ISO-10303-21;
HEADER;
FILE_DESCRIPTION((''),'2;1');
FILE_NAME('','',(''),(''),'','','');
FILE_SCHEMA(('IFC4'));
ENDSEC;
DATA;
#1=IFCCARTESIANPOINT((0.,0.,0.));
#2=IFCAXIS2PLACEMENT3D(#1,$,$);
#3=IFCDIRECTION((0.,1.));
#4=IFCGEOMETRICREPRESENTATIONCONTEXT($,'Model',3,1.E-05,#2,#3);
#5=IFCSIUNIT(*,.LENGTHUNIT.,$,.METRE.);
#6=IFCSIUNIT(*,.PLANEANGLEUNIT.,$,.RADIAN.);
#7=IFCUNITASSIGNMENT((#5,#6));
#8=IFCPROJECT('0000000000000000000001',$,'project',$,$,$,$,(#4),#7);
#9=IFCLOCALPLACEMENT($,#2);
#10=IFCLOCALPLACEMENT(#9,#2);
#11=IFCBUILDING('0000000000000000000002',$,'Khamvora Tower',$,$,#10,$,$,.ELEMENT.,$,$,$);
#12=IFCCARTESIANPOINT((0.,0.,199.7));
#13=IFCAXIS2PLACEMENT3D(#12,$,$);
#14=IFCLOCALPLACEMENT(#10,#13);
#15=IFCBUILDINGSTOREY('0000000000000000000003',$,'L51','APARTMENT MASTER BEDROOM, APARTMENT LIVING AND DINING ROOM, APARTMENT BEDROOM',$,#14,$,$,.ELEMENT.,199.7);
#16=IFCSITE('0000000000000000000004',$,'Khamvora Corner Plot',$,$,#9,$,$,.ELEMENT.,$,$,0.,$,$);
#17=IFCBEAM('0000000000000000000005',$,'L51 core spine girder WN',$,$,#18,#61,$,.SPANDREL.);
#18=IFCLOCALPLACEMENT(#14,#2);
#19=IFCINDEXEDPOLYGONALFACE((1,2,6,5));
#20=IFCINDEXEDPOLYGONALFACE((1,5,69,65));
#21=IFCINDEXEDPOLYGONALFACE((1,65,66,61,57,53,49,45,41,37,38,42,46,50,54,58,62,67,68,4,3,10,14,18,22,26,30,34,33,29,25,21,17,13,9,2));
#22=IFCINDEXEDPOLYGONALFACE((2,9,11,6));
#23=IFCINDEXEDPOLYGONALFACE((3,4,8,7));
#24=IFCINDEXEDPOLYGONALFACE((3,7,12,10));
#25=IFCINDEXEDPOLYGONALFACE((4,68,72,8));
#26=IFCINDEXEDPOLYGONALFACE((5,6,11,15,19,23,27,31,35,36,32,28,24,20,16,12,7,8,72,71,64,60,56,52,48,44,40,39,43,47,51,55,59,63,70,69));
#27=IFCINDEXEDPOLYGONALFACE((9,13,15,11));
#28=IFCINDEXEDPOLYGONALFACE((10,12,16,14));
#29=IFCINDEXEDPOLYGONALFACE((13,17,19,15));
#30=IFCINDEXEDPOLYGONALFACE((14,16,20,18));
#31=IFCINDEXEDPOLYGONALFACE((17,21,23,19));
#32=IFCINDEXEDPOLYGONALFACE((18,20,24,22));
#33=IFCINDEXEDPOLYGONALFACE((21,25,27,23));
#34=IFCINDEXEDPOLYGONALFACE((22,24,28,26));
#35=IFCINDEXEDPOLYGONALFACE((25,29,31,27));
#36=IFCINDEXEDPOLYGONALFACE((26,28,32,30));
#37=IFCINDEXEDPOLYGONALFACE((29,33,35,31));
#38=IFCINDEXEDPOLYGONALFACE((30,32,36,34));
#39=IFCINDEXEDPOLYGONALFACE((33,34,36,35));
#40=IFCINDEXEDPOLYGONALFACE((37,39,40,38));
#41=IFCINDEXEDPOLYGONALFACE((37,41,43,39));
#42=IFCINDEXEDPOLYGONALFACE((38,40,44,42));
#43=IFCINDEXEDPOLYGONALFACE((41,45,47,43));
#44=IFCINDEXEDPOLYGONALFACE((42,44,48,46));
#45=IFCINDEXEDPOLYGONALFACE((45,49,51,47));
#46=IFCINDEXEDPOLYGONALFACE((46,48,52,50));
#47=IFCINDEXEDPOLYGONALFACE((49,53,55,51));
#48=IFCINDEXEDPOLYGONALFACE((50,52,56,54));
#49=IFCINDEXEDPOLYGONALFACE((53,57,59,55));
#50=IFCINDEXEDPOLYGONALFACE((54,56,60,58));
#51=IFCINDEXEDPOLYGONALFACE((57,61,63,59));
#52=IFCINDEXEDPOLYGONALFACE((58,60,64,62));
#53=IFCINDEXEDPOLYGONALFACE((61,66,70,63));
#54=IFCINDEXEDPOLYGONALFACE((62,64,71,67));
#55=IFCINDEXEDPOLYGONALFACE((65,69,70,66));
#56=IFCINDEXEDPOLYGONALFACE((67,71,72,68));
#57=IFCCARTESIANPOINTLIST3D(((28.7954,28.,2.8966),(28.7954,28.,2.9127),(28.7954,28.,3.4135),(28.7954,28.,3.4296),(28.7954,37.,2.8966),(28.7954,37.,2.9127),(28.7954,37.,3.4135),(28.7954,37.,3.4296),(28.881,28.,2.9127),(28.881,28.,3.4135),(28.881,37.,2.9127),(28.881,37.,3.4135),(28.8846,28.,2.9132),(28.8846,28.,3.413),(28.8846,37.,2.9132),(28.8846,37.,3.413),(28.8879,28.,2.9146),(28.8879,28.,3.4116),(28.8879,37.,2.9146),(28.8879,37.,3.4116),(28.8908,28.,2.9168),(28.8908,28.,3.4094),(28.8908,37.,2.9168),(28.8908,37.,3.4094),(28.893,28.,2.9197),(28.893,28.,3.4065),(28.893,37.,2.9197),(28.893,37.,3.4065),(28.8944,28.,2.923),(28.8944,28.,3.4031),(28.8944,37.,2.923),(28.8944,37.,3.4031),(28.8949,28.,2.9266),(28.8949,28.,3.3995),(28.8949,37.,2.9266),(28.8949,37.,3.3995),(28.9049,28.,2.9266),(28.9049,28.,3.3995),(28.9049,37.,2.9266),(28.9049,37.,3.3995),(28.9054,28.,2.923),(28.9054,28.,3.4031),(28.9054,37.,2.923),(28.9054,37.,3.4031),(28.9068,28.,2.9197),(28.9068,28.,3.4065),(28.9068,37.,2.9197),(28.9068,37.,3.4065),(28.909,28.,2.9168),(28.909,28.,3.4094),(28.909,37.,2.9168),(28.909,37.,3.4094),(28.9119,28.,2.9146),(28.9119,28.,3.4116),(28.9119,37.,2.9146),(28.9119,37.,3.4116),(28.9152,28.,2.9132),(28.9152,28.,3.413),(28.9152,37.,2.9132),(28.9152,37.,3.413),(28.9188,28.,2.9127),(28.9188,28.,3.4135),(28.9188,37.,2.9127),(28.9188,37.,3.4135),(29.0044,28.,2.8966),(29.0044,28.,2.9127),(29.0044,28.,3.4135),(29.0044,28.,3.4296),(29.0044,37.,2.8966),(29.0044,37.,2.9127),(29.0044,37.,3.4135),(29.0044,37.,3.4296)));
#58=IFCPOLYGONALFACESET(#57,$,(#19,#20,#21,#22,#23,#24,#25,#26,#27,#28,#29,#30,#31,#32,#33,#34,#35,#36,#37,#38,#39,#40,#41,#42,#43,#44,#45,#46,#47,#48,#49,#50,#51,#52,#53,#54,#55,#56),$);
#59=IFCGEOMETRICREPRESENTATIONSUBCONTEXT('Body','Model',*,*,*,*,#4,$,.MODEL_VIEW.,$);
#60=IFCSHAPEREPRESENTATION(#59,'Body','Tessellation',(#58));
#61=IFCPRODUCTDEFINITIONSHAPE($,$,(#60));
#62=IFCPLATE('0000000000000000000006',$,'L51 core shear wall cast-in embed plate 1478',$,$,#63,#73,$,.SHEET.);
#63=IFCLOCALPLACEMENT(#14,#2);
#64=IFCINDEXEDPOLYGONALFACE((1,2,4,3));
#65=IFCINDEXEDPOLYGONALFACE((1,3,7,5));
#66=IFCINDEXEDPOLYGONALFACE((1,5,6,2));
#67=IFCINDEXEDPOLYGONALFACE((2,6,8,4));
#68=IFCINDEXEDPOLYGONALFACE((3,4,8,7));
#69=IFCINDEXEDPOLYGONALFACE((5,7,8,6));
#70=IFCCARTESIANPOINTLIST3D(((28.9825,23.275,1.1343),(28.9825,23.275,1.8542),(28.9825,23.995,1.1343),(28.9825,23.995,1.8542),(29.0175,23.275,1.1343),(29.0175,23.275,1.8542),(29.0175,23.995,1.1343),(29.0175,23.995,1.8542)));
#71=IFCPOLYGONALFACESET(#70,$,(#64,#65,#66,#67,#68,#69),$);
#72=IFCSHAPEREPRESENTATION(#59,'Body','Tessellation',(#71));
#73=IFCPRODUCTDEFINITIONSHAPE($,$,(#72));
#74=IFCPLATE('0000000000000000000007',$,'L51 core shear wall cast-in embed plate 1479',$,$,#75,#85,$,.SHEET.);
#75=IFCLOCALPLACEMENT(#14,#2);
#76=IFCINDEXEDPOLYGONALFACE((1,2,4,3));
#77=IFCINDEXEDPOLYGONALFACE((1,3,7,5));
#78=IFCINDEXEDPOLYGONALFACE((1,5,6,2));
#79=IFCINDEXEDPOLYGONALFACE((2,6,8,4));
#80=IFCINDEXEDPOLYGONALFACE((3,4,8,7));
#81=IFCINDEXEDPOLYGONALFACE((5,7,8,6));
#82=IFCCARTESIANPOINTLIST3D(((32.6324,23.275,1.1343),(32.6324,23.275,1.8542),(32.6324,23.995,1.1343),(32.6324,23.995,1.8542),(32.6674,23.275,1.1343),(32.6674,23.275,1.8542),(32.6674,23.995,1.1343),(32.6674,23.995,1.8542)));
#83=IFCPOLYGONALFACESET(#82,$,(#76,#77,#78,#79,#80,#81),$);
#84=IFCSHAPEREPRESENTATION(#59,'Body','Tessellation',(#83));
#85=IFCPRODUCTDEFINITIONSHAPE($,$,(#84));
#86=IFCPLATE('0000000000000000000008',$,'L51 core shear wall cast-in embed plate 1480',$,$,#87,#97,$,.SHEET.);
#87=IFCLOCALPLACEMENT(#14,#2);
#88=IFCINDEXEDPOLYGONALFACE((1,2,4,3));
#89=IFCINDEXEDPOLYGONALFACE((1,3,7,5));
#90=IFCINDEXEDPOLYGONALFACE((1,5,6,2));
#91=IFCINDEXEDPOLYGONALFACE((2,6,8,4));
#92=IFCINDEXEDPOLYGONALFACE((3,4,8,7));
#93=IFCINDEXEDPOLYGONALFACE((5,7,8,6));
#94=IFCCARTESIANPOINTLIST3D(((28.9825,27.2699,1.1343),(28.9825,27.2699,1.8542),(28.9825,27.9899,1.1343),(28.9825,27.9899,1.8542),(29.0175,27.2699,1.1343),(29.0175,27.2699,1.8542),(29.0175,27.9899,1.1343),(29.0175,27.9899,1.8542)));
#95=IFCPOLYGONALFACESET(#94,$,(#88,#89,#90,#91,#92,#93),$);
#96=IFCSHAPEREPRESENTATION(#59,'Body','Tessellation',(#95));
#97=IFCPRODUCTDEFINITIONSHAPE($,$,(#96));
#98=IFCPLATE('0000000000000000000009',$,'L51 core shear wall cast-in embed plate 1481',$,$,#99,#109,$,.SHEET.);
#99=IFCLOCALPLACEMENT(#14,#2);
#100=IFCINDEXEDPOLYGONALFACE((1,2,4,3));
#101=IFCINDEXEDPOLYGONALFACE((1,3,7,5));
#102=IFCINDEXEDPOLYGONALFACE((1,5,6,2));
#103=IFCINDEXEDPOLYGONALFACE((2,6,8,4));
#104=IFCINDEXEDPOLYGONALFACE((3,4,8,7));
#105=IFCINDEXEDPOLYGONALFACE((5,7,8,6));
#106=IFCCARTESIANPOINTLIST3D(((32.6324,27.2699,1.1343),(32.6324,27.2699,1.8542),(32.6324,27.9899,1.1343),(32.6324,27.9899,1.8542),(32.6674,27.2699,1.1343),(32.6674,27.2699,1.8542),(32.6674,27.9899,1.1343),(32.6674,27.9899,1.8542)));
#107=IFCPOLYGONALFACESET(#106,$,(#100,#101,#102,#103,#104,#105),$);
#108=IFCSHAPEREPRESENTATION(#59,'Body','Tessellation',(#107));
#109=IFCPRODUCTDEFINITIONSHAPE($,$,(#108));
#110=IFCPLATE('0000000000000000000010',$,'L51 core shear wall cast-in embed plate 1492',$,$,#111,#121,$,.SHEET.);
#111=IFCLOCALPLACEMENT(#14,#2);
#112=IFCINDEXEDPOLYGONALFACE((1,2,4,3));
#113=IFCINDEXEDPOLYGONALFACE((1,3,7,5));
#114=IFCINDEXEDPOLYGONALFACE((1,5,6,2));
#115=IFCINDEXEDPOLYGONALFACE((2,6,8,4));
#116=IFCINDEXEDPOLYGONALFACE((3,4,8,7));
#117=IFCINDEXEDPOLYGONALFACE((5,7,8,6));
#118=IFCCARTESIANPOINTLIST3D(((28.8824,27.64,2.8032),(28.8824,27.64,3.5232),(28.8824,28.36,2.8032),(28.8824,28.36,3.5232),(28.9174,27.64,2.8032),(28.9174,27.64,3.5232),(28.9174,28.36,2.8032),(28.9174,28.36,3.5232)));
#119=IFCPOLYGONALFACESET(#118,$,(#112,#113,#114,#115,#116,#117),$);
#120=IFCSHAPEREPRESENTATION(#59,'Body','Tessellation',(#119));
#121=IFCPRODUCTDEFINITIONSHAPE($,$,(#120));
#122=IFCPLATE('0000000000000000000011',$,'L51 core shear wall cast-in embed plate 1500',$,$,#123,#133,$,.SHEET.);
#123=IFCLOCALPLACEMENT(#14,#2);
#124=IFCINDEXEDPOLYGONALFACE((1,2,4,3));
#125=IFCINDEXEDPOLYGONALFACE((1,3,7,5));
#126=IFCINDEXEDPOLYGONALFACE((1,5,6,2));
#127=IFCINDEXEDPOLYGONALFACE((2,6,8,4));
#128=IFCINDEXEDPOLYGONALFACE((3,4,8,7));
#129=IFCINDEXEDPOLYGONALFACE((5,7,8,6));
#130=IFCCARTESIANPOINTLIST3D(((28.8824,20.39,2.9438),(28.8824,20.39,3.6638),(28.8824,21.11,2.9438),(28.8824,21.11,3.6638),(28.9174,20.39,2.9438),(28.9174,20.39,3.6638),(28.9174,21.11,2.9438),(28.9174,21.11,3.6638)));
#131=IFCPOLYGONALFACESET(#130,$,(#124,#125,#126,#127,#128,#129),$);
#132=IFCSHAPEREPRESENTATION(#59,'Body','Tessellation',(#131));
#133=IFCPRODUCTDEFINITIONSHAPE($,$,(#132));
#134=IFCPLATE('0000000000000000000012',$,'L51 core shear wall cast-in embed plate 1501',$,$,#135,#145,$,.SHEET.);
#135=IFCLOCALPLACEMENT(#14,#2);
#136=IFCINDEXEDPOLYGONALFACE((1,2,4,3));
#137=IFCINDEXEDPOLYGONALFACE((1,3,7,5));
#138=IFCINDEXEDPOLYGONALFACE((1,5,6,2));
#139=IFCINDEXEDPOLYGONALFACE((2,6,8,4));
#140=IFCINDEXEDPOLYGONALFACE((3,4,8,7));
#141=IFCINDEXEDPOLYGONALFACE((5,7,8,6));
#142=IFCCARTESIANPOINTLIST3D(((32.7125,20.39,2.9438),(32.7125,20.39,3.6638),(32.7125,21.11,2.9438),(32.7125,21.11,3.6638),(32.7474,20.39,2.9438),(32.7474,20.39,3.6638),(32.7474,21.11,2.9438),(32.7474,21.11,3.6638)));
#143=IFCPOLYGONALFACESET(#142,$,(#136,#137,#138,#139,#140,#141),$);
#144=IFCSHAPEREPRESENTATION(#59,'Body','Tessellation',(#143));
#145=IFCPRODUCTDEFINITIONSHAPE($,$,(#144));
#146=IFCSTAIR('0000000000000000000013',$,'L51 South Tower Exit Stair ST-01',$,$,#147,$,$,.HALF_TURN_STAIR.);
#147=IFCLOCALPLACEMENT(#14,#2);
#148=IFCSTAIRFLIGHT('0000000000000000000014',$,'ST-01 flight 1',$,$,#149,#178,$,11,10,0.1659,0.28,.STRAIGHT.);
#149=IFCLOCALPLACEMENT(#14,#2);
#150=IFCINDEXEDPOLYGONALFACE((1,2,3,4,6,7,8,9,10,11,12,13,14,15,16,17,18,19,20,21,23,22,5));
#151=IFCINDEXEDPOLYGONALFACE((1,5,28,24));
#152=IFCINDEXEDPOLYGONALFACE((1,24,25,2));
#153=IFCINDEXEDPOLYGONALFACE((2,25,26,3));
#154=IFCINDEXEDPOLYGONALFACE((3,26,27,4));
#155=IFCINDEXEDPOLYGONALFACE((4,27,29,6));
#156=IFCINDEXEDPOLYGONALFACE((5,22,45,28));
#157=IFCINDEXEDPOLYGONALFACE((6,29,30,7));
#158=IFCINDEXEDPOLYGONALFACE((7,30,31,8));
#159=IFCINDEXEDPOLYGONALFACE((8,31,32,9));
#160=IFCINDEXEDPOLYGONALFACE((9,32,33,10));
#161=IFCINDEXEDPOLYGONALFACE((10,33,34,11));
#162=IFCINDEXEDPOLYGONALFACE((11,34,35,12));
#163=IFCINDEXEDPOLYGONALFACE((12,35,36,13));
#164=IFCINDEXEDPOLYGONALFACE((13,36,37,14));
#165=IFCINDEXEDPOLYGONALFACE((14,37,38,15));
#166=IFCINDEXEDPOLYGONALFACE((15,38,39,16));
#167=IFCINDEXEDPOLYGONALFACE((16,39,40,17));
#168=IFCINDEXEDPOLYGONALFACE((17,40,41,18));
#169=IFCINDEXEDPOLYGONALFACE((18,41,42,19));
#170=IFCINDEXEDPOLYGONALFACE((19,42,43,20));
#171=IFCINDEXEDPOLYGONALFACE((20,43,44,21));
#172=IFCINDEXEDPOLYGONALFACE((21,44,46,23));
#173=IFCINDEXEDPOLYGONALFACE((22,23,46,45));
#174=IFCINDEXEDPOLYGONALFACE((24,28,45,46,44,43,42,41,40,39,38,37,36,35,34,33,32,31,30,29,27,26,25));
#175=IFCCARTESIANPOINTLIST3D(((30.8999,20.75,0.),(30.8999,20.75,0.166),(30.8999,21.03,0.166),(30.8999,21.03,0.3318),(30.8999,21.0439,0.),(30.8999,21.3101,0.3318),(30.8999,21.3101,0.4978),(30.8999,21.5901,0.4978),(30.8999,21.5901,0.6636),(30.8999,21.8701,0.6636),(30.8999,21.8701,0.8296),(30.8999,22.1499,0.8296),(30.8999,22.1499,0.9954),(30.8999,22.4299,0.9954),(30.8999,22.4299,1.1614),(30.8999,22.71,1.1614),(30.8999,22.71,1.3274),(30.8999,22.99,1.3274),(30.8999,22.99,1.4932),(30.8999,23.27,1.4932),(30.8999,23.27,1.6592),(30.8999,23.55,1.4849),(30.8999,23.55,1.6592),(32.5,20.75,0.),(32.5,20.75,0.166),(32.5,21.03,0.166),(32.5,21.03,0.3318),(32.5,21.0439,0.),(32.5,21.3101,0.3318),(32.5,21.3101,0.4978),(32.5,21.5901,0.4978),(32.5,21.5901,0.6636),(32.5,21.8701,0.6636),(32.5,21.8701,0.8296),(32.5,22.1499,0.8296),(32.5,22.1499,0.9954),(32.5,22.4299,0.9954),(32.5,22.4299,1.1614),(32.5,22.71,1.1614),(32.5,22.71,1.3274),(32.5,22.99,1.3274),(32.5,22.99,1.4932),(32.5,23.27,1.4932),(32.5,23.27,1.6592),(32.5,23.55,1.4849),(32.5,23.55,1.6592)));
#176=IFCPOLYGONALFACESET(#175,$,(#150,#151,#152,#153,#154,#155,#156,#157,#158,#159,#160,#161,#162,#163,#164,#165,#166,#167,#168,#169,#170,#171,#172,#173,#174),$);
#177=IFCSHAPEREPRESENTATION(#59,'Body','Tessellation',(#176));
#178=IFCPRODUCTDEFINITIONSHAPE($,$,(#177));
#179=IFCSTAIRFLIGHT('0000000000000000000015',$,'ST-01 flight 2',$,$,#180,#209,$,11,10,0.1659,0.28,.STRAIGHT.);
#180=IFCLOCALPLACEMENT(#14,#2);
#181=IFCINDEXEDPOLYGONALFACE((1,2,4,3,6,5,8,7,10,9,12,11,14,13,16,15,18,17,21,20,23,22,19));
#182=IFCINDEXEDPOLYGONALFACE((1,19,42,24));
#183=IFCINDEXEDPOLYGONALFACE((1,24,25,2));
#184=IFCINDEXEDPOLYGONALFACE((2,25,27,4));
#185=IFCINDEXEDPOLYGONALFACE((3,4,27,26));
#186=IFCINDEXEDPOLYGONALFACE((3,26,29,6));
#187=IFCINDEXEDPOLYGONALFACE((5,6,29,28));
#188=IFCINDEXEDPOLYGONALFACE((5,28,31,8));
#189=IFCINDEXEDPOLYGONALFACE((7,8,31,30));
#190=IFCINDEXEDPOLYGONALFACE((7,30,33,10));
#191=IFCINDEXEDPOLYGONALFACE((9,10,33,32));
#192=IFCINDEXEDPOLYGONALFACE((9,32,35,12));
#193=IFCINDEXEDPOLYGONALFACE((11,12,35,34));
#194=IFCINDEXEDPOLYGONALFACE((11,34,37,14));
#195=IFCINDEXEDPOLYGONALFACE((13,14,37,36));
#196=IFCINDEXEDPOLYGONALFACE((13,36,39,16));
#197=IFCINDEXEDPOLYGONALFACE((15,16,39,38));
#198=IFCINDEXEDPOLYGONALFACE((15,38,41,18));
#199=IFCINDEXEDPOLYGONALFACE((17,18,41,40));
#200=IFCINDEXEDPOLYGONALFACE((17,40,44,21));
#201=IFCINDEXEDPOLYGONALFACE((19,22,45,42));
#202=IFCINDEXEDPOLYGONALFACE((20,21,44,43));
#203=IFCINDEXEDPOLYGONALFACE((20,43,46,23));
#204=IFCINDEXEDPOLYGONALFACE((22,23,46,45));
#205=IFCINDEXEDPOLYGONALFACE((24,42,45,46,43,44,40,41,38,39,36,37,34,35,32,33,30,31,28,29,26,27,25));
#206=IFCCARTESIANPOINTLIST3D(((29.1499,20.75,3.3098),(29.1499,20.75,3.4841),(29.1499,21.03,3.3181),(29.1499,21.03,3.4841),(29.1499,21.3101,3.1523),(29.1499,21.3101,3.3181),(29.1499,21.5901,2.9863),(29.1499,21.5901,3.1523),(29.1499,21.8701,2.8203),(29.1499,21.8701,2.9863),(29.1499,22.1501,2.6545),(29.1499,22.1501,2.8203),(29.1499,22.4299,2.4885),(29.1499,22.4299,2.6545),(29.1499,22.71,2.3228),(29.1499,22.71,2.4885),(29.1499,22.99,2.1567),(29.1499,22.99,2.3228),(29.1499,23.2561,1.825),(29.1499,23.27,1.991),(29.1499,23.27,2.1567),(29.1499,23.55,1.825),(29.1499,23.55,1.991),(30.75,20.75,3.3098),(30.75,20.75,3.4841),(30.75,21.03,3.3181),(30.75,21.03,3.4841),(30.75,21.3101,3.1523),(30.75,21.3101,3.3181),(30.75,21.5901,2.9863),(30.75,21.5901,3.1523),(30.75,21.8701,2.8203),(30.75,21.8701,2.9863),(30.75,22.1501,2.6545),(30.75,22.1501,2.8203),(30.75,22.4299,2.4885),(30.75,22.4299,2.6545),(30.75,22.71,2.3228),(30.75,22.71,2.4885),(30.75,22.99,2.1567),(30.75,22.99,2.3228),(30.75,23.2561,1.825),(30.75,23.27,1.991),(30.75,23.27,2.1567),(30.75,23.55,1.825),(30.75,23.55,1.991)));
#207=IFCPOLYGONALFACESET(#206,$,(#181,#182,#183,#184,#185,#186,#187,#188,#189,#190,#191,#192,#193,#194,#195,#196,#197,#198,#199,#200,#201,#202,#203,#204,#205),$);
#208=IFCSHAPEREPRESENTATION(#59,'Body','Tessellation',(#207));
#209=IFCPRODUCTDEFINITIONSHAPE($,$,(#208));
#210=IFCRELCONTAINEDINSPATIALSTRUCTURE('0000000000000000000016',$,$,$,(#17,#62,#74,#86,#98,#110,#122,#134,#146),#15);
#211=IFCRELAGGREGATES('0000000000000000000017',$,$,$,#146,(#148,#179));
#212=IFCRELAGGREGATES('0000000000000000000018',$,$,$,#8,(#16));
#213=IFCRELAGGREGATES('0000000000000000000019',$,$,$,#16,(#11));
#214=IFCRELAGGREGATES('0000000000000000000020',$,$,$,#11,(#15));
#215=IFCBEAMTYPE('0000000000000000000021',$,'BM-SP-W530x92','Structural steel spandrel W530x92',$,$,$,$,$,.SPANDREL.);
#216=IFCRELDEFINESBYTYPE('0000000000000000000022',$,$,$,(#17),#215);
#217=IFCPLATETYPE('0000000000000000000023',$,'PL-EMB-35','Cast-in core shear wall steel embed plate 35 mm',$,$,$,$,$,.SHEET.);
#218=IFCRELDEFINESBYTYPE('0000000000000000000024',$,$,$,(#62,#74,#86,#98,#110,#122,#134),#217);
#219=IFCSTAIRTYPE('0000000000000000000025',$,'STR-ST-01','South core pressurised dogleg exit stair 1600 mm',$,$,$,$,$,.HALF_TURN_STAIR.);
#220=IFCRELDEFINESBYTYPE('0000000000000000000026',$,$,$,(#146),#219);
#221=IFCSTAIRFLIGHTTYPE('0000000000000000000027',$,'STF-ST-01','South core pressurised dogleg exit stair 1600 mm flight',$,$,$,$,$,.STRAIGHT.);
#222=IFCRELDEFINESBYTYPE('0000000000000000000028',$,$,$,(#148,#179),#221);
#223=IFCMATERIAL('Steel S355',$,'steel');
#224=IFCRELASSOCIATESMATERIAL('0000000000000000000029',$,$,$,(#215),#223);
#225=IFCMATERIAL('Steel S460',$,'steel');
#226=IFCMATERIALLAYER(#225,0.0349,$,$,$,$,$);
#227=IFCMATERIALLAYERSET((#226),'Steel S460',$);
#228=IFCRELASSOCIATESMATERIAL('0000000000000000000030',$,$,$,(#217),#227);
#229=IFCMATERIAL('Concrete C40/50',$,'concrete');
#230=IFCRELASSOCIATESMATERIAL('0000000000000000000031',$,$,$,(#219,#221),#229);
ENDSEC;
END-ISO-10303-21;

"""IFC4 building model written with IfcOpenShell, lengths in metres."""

from ifc_helpers import new_model, si_unit, direction, frame, origin, origin_2d, place, context, subcontext, project, spatial, polyline, rectangle, i_section, outline, extrude, material, layer, layer_set, material_profile, profile_set, type_object, element, aggregate, save


model = new_model("IFC4")

# Units and contexts
model_context = context("Model", 3, precision=1e-05, world=origin(), true_north=direction((0.0, 1.0)))
body_context = subcontext(model_context, "Body", "Model", "MODEL_VIEW")
ifc_project = project(units=[si_unit("LENGTHUNIT", "METRE"), si_unit("PLANEANGLEUNIT", "RADIAN")], contexts=[model_context])

# Site, building, storey
site_placement = place(None, origin())
site = spatial("IfcSite", under=ifc_project, at=site_placement, Name="Khamvora Corner Plot", CompositionType="ELEMENT", RefElevation=0.0)
building_placement = place(site_placement, origin())
building = spatial("IfcBuilding", under=site, at=building_placement, Name="Khamvora Tower", CompositionType="ELEMENT")
storey_placement = place(building_placement, frame((0.0, 0.0, 199.7)))
storey = spatial("IfcBuildingStorey", under=building, at=storey_placement, Name="L51", Description="APARTMENT MASTER BEDROOM, APARTMENT LIVING AND DINING ROOM, APARTMENT BEDROOM", CompositionType="ELEMENT", Elevation=199.7)

# Shared definitions
ifc_material_1 = material(Name="Steel S460", Category="steel")

# Beam
ifc_material_2 = material(Name="Steel S355", Category="steel")
ifc_material_profile_1 = material_profile(ifc_material_2, i_section(OverallWidth=0.209, OverallDepth=0.533, WebThickness=0.01, FlangeThickness=0.0161, FilletRadius=0.0139, at=origin_2d()), Name="W530x92")
ifc_profile_set_1 = profile_set([ifc_material_profile_1], Name="Steel S355")
beam_type_1 = type_object("IfcBeamType", Name="BM-SP-W530x92", Description="Structural steel spandrel W530x92", PredefinedType="SPANDREL", material=ifc_profile_set_1)
beam_1_placement = place(storey_placement, frame((28.8999, 28.0, 3.1631), z_axis=(0.0, 1.0, 0.0), x_axis=(-1.0, 0.0, 0.0)))
element("IfcBeam", 1, at=beam_1_placement, inside=storey, type_object=beam_type_1, Name="L51 core spine girder WN", PredefinedType="SPANDREL", context=body_context, shape_type="SweptSolid", body=[
    extrude(i_section(OverallWidth=0.209, OverallDepth=0.533, WebThickness=0.01, FlangeThickness=0.0161, FilletRadius=0.0139, at=origin_2d()), origin(), (0.0, 0.0, 1.0), 9.0),
])

# Plates
ifc_layer_1 = layer(ifc_material_1, 0.0349)
ifc_layer_set_1 = layer_set([ifc_layer_1], Name="Steel S460")
plate_type = type_object("IfcPlateType", Name="PL-EMB-35", Description="Cast-in core shear wall steel embed plate 35 mm", PredefinedType="SHEET", material=ifc_layer_set_1)
for number, where, z_axis, x_axis, name in (
    (2, (29.0, 23.635, 1.1343), (0.0, 0.0, 1.0), (1.0, 0.0, 0.0), "L51 core shear wall cast-in embed plate 1478"),
    (3, (32.6499, 23.635, 1.1343), (0.0, 0.0, 1.0), (1.0, 0.0, 0.0), "L51 core shear wall cast-in embed plate 1479"),
    (4, (29.0, 27.6299, 1.1343), (0.0, 0.0, 1.0), (1.0, 0.0, 0.0), "L51 core shear wall cast-in embed plate 1480"),
    (5, (32.6499, 27.6299, 1.1343), (0.0, 0.0, 1.0), (1.0, 0.0, 0.0), "L51 core shear wall cast-in embed plate 1481"),
    (6, (28.8999, 28.0, 2.8032), (0.0, 0.0, 1.0), (1.0, 0.0, 0.0), "L51 core shear wall cast-in embed plate 1492"),
    (7, (28.8999, 20.75, 2.9438), (0.0, 0.0, 1.0), (1.0, 0.0, 0.0), "L51 core shear wall cast-in embed plate 1500"),
    (8, (32.73, 20.75, 2.9438), (0.0, 0.0, 1.0), (1.0, 0.0, 0.0), "L51 core shear wall cast-in embed plate 1501"),
):
    element("IfcPlate", number, at=place(storey_placement, frame(where, z_axis=z_axis, x_axis=x_axis)), inside=storey, type_object=plate_type, Name=name, PredefinedType="SHEET", context=body_context, shape_type="SweptSolid", body=[
        extrude(rectangle(XDim=0.0349, YDim=0.72, at=origin_2d()), origin(), (0.0, 0.0, 1.0), 0.72),
    ])

# Stair, stair flights
ifc_material_3 = material(Name="Concrete C40/50", Category="concrete")
stair_type = type_object("IfcStairType", Name="STR-ST-01", Description="South core pressurised dogleg exit stair 1600 mm", PredefinedType="HALF_TURN_STAIR", material=ifc_material_3)
stair_placement = place(storey_placement, origin())
stair = element("IfcStair", 9, at=stair_placement, inside=storey, type_object=stair_type, Name="L51 South Tower Exit Stair ST-01", PredefinedType="HALF_TURN_STAIR")
stair_flight_type = type_object("IfcStairFlightType", Name="STF-ST-01", Description="South core pressurised dogleg exit stair 1600 mm flight", PredefinedType="STRAIGHT", material=ifc_material_3)
stair_flight_1_placement = place(storey_placement, frame((31.7, 20.75, 0.0), z_axis=(0.0, 0.0, 1.0), x_axis=(0.0, 1.0, 0.0)))
stair_flight_1 = element("IfcStairFlight", 10, at=stair_flight_1_placement, type_object=stair_flight_type, Name="ST-01 flight 1", NumberOfRisers=11, NumberOfTreads=10, PredefinedType="STRAIGHT", RiserHeight=0.1659, TreadLength=0.28, context=body_context, shape_type="SweptSolid", body=[
    extrude(outline(polyline([(0.0, 0.0), (0.0, 0.166), (0.28, 0.166), (0.28, 0.3318), (0.5601, 0.3318), (0.5601, 0.4978), (0.8401, 0.4978), (0.8401, 0.6636), (1.1201, 0.6636), (1.1201, 0.8296), (1.3999, 0.8296), (1.3999, 0.9954), (1.6799, 0.9954), (1.6799, 1.1614), (1.96, 1.1614), (1.96, 1.3274), (2.24, 1.3274), (2.24, 1.4932), (2.52, 1.4932), (2.52, 1.6592), (2.8, 1.6592), (2.8, 1.825), (2.8, 1.4849), (0.2939, 0.0), (0.0, 0.0)])), frame((0.0, 0.8, 0.0), z_axis=(0.0, -1.0, 0.0), x_axis=(1.0, 0.0, 0.0)), (0.0, 0.0, 1.0), 1.6001),
])
stair_flight_2_placement = place(storey_placement, frame((29.95, 23.55, 1.825), z_axis=(0.0, 0.0, 1.0), x_axis=(0.0, -1.0, 0.0)))
stair_flight_2 = element("IfcStairFlight", 11, at=stair_flight_2_placement, type_object=stair_flight_type, Name="ST-01 flight 2", NumberOfRisers=11, NumberOfTreads=10, PredefinedType="STRAIGHT", RiserHeight=0.1659, TreadLength=0.28, context=body_context, shape_type="SweptSolid", body=[
    extrude(outline(polyline([(0.0, 0.0), (0.0, 0.166), (0.28, 0.166), (0.28, 0.3318), (0.5601, 0.3318), (0.5601, 0.4978), (0.8401, 0.4978), (0.8401, 0.6636), (1.1201, 0.6636), (1.1201, 0.8296), (1.3999, 0.8296), (1.3999, 0.9954), (1.6799, 0.9954), (1.6799, 1.1614), (1.96, 1.1614), (1.96, 1.3274), (2.24, 1.3274), (2.24, 1.4932), (2.52, 1.4932), (2.52, 1.6592), (2.8, 1.6592), (2.8, 1.825), (2.8, 1.4849), (0.2939, 0.0), (0.0, 0.0)])), frame((0.0, 0.8, 0.0), z_axis=(0.0, -1.0, 0.0), x_axis=(1.0, 0.0, 0.0)), (0.0, 0.0, 1.0), 1.6001),
])
aggregate(stair, [stair_flight_1, stair_flight_2])

save(model, "model.ifc")
